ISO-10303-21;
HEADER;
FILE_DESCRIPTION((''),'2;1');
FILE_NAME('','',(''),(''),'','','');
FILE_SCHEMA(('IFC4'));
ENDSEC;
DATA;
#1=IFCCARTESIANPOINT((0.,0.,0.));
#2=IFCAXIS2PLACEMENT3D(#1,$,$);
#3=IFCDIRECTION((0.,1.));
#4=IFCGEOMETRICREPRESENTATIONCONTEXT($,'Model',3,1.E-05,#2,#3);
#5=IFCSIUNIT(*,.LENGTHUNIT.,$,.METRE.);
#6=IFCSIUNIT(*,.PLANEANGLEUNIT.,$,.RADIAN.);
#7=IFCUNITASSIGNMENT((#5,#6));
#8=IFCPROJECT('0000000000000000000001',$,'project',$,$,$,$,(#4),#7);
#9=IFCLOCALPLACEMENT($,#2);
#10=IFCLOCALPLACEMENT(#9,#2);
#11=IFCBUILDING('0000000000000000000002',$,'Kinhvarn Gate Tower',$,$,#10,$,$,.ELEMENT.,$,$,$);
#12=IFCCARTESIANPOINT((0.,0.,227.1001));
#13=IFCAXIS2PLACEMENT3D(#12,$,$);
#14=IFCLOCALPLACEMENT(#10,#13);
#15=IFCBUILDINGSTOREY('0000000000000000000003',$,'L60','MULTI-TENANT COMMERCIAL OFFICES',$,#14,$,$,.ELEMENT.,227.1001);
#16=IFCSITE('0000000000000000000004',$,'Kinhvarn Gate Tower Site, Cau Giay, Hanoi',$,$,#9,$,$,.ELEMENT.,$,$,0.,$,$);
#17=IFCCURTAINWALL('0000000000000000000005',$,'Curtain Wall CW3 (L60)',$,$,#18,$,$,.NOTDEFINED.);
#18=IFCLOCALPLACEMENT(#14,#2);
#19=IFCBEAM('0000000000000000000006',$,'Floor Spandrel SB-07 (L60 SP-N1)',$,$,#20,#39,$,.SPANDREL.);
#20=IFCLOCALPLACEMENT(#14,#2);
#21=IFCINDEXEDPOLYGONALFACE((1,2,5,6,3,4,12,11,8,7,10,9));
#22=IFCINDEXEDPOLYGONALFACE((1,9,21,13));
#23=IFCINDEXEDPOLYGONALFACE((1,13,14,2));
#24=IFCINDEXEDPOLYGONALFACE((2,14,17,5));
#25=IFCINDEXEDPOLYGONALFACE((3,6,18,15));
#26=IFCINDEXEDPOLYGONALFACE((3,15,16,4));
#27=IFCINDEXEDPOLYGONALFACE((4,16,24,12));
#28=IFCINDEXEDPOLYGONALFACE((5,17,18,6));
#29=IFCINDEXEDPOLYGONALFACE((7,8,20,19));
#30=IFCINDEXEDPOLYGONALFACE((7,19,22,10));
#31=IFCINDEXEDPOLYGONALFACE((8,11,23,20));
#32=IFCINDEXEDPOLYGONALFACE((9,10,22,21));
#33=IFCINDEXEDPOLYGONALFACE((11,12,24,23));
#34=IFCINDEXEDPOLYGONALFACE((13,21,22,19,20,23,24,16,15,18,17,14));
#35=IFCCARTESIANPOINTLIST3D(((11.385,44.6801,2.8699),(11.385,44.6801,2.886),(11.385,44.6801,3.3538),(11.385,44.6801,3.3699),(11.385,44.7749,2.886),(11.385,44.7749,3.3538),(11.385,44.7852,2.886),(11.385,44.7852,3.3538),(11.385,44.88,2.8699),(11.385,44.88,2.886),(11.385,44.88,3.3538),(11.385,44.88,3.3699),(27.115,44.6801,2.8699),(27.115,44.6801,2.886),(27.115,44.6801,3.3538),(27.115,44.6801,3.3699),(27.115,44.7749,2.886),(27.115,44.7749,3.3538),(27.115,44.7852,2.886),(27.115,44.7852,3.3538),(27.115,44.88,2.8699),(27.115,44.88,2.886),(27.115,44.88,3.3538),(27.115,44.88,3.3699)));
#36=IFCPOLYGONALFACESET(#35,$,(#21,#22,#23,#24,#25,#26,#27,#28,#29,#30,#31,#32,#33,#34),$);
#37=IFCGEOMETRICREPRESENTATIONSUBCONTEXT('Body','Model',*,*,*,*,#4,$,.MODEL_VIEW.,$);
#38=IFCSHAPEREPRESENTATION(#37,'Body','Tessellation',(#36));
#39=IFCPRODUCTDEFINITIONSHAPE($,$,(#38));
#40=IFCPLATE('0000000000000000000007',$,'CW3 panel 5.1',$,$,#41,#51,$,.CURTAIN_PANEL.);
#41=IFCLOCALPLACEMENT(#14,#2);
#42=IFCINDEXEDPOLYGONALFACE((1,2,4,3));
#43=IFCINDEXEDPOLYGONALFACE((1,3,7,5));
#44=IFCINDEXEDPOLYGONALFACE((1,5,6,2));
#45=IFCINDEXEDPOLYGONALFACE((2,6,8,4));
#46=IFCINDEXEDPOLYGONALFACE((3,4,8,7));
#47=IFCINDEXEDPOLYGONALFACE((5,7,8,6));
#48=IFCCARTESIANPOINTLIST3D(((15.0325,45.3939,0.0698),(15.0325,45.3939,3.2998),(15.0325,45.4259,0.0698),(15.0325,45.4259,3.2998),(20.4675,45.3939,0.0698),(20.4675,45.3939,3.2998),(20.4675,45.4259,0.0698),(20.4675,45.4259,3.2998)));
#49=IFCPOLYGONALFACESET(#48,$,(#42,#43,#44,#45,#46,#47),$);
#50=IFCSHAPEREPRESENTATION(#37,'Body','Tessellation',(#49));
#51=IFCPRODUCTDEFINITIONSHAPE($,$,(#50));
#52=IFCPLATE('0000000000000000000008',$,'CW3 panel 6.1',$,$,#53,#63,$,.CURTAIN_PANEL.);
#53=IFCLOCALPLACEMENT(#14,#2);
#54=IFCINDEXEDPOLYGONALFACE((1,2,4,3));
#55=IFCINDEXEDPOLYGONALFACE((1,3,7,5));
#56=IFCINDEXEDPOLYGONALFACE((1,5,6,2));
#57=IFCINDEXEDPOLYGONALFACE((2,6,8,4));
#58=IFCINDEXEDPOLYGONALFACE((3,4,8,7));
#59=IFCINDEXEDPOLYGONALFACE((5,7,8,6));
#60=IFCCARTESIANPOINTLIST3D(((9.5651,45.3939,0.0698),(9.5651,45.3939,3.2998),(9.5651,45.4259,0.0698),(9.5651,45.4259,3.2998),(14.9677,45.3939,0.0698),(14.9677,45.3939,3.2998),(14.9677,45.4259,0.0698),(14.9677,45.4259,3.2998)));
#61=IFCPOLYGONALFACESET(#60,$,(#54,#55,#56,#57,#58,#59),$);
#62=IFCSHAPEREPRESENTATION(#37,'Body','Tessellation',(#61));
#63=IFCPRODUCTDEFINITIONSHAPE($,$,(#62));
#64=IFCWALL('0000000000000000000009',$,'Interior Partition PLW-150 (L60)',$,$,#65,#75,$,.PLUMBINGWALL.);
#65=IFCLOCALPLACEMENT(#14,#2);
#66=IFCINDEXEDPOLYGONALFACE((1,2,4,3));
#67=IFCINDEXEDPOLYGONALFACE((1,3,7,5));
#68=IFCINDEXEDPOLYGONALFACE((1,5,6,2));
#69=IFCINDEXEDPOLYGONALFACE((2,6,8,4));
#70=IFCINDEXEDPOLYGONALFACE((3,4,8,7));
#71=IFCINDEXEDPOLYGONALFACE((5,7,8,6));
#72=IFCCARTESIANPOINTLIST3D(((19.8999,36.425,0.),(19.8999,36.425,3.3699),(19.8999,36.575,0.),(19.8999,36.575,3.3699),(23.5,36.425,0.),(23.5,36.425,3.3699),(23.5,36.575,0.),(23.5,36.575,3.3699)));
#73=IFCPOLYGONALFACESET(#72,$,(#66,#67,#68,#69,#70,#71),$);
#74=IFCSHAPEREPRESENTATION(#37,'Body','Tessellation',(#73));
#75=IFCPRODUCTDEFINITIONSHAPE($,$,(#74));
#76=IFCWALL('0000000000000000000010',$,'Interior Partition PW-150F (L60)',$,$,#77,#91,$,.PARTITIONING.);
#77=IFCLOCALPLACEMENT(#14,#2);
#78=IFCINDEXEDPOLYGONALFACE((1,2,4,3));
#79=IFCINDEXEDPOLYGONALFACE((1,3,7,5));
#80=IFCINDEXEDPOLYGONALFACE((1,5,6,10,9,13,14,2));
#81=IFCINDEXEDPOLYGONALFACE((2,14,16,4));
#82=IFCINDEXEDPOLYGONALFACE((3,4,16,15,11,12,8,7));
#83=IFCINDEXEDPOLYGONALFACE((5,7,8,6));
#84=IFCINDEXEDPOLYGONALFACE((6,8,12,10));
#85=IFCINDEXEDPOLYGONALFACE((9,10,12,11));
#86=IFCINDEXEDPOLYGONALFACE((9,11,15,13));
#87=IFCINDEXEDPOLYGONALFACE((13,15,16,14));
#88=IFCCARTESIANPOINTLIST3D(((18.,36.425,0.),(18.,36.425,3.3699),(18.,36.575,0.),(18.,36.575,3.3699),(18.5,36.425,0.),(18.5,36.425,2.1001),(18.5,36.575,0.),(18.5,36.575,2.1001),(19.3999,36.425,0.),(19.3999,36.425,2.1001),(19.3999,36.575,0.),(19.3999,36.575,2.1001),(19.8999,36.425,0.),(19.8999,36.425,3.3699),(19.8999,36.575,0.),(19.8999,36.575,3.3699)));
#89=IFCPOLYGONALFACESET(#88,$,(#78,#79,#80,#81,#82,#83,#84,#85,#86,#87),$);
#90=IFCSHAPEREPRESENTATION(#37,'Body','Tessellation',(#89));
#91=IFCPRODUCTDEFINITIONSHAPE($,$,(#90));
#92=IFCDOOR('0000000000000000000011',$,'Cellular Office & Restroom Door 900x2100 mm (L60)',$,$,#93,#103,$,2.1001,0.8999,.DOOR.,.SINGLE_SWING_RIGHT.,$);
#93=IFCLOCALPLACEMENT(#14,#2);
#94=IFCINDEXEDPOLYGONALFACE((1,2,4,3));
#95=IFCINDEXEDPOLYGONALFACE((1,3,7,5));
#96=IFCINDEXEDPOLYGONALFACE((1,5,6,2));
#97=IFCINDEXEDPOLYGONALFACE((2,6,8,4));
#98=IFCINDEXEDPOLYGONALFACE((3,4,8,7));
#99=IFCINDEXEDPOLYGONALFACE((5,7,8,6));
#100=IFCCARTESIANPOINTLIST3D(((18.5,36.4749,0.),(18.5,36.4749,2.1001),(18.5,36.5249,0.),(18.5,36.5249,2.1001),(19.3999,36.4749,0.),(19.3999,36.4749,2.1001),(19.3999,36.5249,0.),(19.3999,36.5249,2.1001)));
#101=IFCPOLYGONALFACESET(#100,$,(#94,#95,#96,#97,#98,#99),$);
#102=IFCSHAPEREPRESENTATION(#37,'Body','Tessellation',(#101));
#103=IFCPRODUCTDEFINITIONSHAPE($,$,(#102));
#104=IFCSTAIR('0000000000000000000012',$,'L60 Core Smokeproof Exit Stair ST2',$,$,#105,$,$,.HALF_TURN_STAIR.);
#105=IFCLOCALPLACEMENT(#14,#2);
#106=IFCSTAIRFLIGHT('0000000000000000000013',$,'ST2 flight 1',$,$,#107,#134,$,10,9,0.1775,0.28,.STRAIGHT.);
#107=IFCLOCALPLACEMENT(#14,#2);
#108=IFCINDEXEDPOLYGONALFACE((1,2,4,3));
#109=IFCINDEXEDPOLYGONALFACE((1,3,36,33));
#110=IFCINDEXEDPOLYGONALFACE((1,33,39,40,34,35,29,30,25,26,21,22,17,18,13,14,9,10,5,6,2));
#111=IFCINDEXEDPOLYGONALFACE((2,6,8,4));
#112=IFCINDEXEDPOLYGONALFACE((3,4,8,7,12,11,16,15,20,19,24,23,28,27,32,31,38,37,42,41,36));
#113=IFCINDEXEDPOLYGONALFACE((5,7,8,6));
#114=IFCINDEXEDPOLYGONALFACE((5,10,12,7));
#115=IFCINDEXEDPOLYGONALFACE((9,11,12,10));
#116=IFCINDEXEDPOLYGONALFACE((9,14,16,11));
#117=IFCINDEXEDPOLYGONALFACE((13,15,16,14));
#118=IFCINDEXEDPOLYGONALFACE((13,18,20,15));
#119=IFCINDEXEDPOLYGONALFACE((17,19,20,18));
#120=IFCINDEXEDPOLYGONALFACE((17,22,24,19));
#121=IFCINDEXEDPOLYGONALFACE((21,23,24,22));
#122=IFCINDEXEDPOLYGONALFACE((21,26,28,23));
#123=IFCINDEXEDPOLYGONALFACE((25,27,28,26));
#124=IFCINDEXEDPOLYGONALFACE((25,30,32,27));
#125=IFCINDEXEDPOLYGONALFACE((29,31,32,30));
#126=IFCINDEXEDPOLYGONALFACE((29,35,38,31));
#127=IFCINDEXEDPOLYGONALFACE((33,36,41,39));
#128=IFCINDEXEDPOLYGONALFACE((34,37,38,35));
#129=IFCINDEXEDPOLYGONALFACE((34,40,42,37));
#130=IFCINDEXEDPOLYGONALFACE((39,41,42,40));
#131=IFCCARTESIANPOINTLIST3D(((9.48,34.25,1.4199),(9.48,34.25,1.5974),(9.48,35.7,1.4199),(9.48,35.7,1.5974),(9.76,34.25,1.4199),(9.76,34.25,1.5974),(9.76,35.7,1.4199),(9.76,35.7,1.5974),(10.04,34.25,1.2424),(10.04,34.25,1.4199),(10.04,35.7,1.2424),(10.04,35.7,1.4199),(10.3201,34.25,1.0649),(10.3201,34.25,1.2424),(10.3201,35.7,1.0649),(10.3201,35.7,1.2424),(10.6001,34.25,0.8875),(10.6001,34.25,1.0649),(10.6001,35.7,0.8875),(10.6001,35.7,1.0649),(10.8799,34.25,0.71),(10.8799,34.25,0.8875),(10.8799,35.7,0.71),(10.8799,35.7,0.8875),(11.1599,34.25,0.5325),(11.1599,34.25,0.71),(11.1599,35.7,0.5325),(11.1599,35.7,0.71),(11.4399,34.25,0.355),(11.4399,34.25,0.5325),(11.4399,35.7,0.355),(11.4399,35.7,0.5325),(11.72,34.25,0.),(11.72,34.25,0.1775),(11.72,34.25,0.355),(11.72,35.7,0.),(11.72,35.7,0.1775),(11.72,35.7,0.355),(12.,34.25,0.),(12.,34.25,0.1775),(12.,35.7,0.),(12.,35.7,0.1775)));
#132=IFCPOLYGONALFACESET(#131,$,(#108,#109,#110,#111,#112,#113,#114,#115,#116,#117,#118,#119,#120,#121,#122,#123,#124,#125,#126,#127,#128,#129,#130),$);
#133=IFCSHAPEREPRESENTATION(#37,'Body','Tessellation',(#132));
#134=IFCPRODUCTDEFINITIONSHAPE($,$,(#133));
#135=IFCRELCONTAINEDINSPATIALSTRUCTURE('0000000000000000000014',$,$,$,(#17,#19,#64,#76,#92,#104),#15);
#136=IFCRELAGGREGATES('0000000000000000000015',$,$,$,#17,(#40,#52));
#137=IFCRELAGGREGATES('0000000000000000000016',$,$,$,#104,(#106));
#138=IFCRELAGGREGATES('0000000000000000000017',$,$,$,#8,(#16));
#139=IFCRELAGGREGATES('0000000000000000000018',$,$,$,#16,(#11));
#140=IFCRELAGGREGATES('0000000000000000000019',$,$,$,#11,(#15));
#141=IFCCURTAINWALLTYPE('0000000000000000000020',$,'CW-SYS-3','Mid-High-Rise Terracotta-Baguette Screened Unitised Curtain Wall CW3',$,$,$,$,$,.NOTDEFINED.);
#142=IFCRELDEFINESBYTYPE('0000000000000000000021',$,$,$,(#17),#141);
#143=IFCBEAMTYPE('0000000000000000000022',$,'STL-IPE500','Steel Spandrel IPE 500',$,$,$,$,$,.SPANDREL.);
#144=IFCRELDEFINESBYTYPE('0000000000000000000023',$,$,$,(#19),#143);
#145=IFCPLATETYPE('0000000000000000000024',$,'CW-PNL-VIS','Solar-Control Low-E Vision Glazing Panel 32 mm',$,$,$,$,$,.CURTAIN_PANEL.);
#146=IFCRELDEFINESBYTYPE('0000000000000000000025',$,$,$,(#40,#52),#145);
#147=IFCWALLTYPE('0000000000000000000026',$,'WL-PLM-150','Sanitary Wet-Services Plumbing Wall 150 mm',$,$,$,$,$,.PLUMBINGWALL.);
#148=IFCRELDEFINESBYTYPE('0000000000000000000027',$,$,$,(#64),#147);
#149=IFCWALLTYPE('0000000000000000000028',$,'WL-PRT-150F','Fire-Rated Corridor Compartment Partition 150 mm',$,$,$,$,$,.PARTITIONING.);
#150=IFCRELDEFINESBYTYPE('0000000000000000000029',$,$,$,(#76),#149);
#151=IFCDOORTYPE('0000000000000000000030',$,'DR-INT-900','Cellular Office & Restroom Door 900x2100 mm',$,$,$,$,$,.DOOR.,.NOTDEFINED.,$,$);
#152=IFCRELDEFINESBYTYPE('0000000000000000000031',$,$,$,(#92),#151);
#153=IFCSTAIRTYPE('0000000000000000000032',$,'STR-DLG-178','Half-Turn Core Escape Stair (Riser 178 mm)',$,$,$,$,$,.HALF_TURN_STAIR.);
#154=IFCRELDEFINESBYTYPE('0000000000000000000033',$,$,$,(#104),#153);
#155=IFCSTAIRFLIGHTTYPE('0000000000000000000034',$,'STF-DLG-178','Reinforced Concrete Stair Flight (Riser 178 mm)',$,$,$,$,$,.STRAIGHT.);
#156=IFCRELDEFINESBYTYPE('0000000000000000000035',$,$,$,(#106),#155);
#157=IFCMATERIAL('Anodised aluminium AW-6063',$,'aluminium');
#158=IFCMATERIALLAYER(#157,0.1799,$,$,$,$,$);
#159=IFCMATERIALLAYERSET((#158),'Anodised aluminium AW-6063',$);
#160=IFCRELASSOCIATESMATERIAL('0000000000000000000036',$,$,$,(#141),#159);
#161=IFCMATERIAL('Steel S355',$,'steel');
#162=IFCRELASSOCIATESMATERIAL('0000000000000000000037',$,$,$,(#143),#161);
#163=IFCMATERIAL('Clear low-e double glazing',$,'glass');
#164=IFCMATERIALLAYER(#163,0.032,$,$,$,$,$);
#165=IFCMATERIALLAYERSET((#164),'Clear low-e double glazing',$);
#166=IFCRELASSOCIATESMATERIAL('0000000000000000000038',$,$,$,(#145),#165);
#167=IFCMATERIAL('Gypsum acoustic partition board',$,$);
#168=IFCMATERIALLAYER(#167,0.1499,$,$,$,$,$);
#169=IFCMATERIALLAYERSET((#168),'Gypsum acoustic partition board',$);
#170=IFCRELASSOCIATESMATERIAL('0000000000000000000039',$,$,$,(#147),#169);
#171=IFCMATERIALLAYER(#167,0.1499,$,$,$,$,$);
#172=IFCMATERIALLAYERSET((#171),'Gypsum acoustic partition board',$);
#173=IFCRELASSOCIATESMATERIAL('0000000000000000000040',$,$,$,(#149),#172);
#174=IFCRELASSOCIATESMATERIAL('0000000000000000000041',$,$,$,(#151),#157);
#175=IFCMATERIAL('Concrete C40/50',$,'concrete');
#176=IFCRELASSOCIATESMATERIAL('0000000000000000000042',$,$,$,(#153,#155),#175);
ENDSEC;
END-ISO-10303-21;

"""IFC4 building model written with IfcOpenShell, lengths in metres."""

from ifc_helpers import new_model, si_unit, direction, frame, frame_2d, origin, origin_2d, place, context, subcontext, project, spatial, polyline, rectangle, i_section, outline, extrude, material, layer, layer_set, material_profile, profile_set, type_object, element, fill, aggregate, save


model = new_model("IFC4")

# Units and contexts
model_context = context("Model", 3, precision=1e-05, world=origin(), true_north=direction((0.0, 1.0)))
body_context = subcontext(model_context, "Body", "Model", "MODEL_VIEW")
ifc_project = project(units=[si_unit("LENGTHUNIT", "METRE"), si_unit("PLANEANGLEUNIT", "RADIAN")], contexts=[model_context])

# Site, building, storey
site_placement = place(None, origin())
site = spatial("IfcSite", under=ifc_project, at=site_placement, Name="Kinhvarn Gate Tower Site, Cau Giay, Hanoi", CompositionType="ELEMENT", RefElevation=0.0)
building_placement = place(site_placement, origin())
building = spatial("IfcBuilding", under=site, at=building_placement, Name="Kinhvarn Gate Tower", CompositionType="ELEMENT")
storey_placement = place(building_placement, frame((0.0, 0.0, 227.1001)))
storey = spatial("IfcBuildingStorey", under=building, at=storey_placement, Name="L60", Description="MULTI-TENANT COMMERCIAL OFFICES", CompositionType="ELEMENT", Elevation=227.1001)

# Curtain wall
ifc_material_1 = material(Name="Anodised aluminium AW-6063", Category="aluminium")
ifc_layer_1 = layer(ifc_material_1, 0.1799)
ifc_layer_set_1 = layer_set([ifc_layer_1], Name="Anodised aluminium AW-6063")
curtain_wall_type = type_object("IfcCurtainWallType", Name="CW-SYS-3", Description="Mid-High-Rise Terracotta-Baguette Screened Unitised Curtain Wall CW3", PredefinedType="NOTDEFINED", material=ifc_layer_set_1)
curtain_wall_placement = place(storey_placement, origin())
curtain_wall = element("IfcCurtainWall", 1, at=curtain_wall_placement, inside=storey, type_object=curtain_wall_type, Name="Curtain Wall CW3 (L60)", PredefinedType="NOTDEFINED")

# Beam
ifc_material_2 = material(Name="Steel S355", Category="steel")
ifc_material_profile_1 = material_profile(ifc_material_2, i_section(OverallWidth=0.2, OverallDepth=0.5, WebThickness=0.0103, FlangeThickness=0.0161, at=origin_2d()), Name="IPE 500")
ifc_profile_set_1 = profile_set([ifc_material_profile_1], Name="Steel S355")
beam_type_1 = type_object("IfcBeamType", Name="STL-IPE500", Description="Steel Spandrel IPE 500", PredefinedType="SPANDREL", material=ifc_profile_set_1)
beam_1_placement = place(storey_placement, frame((11.385, 44.78, 3.1199), z_axis=(1.0, 0.0, 0.0), x_axis=(0.0, 1.0, 0.0)))
element("IfcBeam", 2, at=beam_1_placement, inside=storey, type_object=beam_type_1, Name="Floor Spandrel SB-07 (L60 SP-N1)", PredefinedType="SPANDREL", context=body_context, shape_type="SweptSolid", body=[
    extrude(i_section(OverallWidth=0.2, OverallDepth=0.5, WebThickness=0.0103, FlangeThickness=0.0161, at=origin_2d()), origin(), (0.0, 0.0, 1.0), 15.73),
])

# Plates
ifc_material_3 = material(Name="Clear low-e double glazing", Category="glass")
ifc_layer_2 = layer(ifc_material_3, 0.032)
ifc_layer_set_2 = layer_set([ifc_layer_2], Name="Clear low-e double glazing")
plate_type = type_object("IfcPlateType", Name="CW-PNL-VIS", Description="Solar-Control Low-E Vision Glazing Panel 32 mm", PredefinedType="CURTAIN_PANEL", material=ifc_layer_set_2)
plate_1_placement = place(storey_placement, frame((17.75, 45.4099, 0.0698), z_axis=(0.0, 0.0, 1.0), x_axis=(-1.0, 0.0, 0.0)))
plate_1 = element("IfcPlate", 3, at=plate_1_placement, type_object=plate_type, Name="CW3 panel 5.1", PredefinedType="CURTAIN_PANEL", context=body_context, shape_type="SweptSolid", body=[
    extrude(rectangle(XDim=5.4351, YDim=0.032, at=origin_2d()), origin(), (0.0, 0.0, 1.0), 3.23),
])
plate_2_placement = place(storey_placement, frame((12.2664, 45.4099, 0.0698), z_axis=(0.0, 0.0, 1.0), x_axis=(-1.0, 0.0, 0.0)))
plate_2 = element("IfcPlate", 4, at=plate_2_placement, type_object=plate_type, Name="CW3 panel 6.1", PredefinedType="CURTAIN_PANEL", context=body_context, shape_type="SweptSolid", body=[
    extrude(rectangle(XDim=5.4026, YDim=0.032, at=origin_2d()), origin(), (0.0, 0.0, 1.0), 3.23),
])
aggregate(curtain_wall, [plate_1, plate_2])

# Wall
ifc_material_4 = material(Name="Gypsum acoustic partition board")
ifc_layer_3 = layer(ifc_material_4, 0.1499)
ifc_layer_set_3 = layer_set([ifc_layer_3], Name="Gypsum acoustic partition board")
wall_type_1 = type_object("IfcWallType", Name="WL-PLM-150", Description="Sanitary Wet-Services Plumbing Wall 150 mm", PredefinedType="PLUMBINGWALL", material=ifc_layer_set_3)
wall_1_placement = place(storey_placement, frame((19.8999, 36.5, 0.0), z_axis=(0.0, 0.0, 1.0), x_axis=(1.0, 0.0, 0.0)))
element("IfcWall", 5, at=wall_1_placement, inside=storey, type_object=wall_type_1, Name="Interior Partition PLW-150 (L60)", PredefinedType="PLUMBINGWALL", context=body_context, shape_type="SweptSolid", body=[
    extrude(rectangle(XDim=3.6001, YDim=0.1499, at=frame_2d((1.8, 0.0))), origin(), (0.0, 0.0, 1.0), 3.3699),
])

# Wall, opening, door
ifc_layer_4 = layer(ifc_material_4, 0.1499)
ifc_layer_set_4 = layer_set([ifc_layer_4], Name="Gypsum acoustic partition board")
wall_type_2 = type_object("IfcWallType", Name="WL-PRT-150F", Description="Fire-Rated Corridor Compartment Partition 150 mm", PredefinedType="PARTITIONING", material=ifc_layer_set_4)
wall_2_placement = place(storey_placement, frame((18.0, 36.5, 0.0), z_axis=(0.0, 0.0, 1.0), x_axis=(1.0, 0.0, 0.0)))
wall_2 = element("IfcWall", 6, at=wall_2_placement, inside=storey, type_object=wall_type_2, Name="Interior Partition PW-150F (L60)", PredefinedType="PARTITIONING", context=body_context, shape_type="SweptSolid", body=[
    extrude(rectangle(XDim=1.8999, YDim=0.1499, at=frame_2d((0.95, 0.0))), origin(), (0.0, 0.0, 1.0), 3.3699),
])
opening_placement = place(wall_2_placement, frame((0.5, 0.0, 0.0)))
opening = element("IfcOpeningElement", 7, at=opening_placement, cuts=wall_2, PredefinedType="OPENING", context=body_context, shape_type="SweptSolid", body=[
    extrude(rectangle(XDim=0.8999, YDim=2.1001, at=frame_2d((0.45, 1.05))), frame((0.0, 0.085, 0.0), z_axis=(0.0, -1.0, 0.0), x_axis=(1.0, 0.0, 0.0)), (0.0, 0.0, 1.0), 0.1699),
])
door_type = type_object("IfcDoorType", Name="DR-INT-900", Description="Cellular Office & Restroom Door 900x2100 mm", OperationType="NOTDEFINED", PredefinedType="DOOR", material=ifc_material_1)
door_placement = place(opening_placement, origin())
door = element("IfcDoor", 8, at=door_placement, inside=storey, type_object=door_type, Name="Cellular Office & Restroom Door 900x2100 mm (L60)", OperationType="SINGLE_SWING_RIGHT", OverallHeight=2.1001, OverallWidth=0.8999, PredefinedType="DOOR", context=body_context, shape_type="SweptSolid", body=[
    extrude(rectangle(XDim=0.8999, YDim=2.1001, at=frame_2d((0.45, 1.05))), frame((0.0, 0.0249, 0.0), z_axis=(0.0, -1.0, 0.0), x_axis=(1.0, 0.0, 0.0)), (0.0, 0.0, 1.0), 0.05),
])
fill(opening, door)

# Stair, stair flight
ifc_material_5 = material(Name="Concrete C40/50", Category="concrete")
stair_type = type_object("IfcStairType", Name="STR-DLG-178", Description="Half-Turn Core Escape Stair (Riser 178 mm)", PredefinedType="HALF_TURN_STAIR", material=ifc_material_5)
stair_placement = place(storey_placement, origin())
stair = element("IfcStair", 9, at=stair_placement, inside=storey, type_object=stair_type, Name="L60 Core Smokeproof Exit Stair ST2", PredefinedType="HALF_TURN_STAIR")
stair_flight_type = type_object("IfcStairFlightType", Name="STF-DLG-178", Description="Reinforced Concrete Stair Flight (Riser 178 mm)", PredefinedType="STRAIGHT", material=ifc_material_5)
stair_flight_placement = place(storey_placement, frame((12.0, 34.9751, 0.0), z_axis=(0.0, 0.0, 1.0), x_axis=(-1.0, 0.0, 0.0)))
stair_flight = element("IfcStairFlight", 10, at=stair_flight_placement, type_object=stair_flight_type, Name="ST2 flight 1", NumberOfRisers=10, NumberOfTreads=9, PredefinedType="STRAIGHT", RiserHeight=0.1775, TreadLength=0.28, context=body_context, shape_type="SweptSolid", body=[
    extrude(outline(polyline([(0.0, 0.0), (0.0, 0.1775), (0.28, 0.1775), (0.28, 0.355), (0.5601, 0.355), (0.5601, 0.5325), (0.8401, 0.5325), (0.8401, 0.71), (1.1201, 0.71), (1.1201, 0.8875), (1.3999, 0.8875), (1.3999, 1.0649), (1.6799, 1.0649), (1.6799, 1.2424), (1.96, 1.2424), (1.96, 1.4199), (2.24, 1.4199), (2.24, 1.5974), (2.52, 1.5974), (2.52, 1.7749), (2.52, 1.4199), (0.28, 0.0), (0.0, 0.0)])), frame((0.0, 0.7251, 0.0), z_axis=(0.0, -1.0, 0.0), x_axis=(1.0, 0.0, 0.0)), (0.0, 0.0, 1.0), 1.45),
])
aggregate(stair, [stair_flight])

save(model, "model.ifc")
